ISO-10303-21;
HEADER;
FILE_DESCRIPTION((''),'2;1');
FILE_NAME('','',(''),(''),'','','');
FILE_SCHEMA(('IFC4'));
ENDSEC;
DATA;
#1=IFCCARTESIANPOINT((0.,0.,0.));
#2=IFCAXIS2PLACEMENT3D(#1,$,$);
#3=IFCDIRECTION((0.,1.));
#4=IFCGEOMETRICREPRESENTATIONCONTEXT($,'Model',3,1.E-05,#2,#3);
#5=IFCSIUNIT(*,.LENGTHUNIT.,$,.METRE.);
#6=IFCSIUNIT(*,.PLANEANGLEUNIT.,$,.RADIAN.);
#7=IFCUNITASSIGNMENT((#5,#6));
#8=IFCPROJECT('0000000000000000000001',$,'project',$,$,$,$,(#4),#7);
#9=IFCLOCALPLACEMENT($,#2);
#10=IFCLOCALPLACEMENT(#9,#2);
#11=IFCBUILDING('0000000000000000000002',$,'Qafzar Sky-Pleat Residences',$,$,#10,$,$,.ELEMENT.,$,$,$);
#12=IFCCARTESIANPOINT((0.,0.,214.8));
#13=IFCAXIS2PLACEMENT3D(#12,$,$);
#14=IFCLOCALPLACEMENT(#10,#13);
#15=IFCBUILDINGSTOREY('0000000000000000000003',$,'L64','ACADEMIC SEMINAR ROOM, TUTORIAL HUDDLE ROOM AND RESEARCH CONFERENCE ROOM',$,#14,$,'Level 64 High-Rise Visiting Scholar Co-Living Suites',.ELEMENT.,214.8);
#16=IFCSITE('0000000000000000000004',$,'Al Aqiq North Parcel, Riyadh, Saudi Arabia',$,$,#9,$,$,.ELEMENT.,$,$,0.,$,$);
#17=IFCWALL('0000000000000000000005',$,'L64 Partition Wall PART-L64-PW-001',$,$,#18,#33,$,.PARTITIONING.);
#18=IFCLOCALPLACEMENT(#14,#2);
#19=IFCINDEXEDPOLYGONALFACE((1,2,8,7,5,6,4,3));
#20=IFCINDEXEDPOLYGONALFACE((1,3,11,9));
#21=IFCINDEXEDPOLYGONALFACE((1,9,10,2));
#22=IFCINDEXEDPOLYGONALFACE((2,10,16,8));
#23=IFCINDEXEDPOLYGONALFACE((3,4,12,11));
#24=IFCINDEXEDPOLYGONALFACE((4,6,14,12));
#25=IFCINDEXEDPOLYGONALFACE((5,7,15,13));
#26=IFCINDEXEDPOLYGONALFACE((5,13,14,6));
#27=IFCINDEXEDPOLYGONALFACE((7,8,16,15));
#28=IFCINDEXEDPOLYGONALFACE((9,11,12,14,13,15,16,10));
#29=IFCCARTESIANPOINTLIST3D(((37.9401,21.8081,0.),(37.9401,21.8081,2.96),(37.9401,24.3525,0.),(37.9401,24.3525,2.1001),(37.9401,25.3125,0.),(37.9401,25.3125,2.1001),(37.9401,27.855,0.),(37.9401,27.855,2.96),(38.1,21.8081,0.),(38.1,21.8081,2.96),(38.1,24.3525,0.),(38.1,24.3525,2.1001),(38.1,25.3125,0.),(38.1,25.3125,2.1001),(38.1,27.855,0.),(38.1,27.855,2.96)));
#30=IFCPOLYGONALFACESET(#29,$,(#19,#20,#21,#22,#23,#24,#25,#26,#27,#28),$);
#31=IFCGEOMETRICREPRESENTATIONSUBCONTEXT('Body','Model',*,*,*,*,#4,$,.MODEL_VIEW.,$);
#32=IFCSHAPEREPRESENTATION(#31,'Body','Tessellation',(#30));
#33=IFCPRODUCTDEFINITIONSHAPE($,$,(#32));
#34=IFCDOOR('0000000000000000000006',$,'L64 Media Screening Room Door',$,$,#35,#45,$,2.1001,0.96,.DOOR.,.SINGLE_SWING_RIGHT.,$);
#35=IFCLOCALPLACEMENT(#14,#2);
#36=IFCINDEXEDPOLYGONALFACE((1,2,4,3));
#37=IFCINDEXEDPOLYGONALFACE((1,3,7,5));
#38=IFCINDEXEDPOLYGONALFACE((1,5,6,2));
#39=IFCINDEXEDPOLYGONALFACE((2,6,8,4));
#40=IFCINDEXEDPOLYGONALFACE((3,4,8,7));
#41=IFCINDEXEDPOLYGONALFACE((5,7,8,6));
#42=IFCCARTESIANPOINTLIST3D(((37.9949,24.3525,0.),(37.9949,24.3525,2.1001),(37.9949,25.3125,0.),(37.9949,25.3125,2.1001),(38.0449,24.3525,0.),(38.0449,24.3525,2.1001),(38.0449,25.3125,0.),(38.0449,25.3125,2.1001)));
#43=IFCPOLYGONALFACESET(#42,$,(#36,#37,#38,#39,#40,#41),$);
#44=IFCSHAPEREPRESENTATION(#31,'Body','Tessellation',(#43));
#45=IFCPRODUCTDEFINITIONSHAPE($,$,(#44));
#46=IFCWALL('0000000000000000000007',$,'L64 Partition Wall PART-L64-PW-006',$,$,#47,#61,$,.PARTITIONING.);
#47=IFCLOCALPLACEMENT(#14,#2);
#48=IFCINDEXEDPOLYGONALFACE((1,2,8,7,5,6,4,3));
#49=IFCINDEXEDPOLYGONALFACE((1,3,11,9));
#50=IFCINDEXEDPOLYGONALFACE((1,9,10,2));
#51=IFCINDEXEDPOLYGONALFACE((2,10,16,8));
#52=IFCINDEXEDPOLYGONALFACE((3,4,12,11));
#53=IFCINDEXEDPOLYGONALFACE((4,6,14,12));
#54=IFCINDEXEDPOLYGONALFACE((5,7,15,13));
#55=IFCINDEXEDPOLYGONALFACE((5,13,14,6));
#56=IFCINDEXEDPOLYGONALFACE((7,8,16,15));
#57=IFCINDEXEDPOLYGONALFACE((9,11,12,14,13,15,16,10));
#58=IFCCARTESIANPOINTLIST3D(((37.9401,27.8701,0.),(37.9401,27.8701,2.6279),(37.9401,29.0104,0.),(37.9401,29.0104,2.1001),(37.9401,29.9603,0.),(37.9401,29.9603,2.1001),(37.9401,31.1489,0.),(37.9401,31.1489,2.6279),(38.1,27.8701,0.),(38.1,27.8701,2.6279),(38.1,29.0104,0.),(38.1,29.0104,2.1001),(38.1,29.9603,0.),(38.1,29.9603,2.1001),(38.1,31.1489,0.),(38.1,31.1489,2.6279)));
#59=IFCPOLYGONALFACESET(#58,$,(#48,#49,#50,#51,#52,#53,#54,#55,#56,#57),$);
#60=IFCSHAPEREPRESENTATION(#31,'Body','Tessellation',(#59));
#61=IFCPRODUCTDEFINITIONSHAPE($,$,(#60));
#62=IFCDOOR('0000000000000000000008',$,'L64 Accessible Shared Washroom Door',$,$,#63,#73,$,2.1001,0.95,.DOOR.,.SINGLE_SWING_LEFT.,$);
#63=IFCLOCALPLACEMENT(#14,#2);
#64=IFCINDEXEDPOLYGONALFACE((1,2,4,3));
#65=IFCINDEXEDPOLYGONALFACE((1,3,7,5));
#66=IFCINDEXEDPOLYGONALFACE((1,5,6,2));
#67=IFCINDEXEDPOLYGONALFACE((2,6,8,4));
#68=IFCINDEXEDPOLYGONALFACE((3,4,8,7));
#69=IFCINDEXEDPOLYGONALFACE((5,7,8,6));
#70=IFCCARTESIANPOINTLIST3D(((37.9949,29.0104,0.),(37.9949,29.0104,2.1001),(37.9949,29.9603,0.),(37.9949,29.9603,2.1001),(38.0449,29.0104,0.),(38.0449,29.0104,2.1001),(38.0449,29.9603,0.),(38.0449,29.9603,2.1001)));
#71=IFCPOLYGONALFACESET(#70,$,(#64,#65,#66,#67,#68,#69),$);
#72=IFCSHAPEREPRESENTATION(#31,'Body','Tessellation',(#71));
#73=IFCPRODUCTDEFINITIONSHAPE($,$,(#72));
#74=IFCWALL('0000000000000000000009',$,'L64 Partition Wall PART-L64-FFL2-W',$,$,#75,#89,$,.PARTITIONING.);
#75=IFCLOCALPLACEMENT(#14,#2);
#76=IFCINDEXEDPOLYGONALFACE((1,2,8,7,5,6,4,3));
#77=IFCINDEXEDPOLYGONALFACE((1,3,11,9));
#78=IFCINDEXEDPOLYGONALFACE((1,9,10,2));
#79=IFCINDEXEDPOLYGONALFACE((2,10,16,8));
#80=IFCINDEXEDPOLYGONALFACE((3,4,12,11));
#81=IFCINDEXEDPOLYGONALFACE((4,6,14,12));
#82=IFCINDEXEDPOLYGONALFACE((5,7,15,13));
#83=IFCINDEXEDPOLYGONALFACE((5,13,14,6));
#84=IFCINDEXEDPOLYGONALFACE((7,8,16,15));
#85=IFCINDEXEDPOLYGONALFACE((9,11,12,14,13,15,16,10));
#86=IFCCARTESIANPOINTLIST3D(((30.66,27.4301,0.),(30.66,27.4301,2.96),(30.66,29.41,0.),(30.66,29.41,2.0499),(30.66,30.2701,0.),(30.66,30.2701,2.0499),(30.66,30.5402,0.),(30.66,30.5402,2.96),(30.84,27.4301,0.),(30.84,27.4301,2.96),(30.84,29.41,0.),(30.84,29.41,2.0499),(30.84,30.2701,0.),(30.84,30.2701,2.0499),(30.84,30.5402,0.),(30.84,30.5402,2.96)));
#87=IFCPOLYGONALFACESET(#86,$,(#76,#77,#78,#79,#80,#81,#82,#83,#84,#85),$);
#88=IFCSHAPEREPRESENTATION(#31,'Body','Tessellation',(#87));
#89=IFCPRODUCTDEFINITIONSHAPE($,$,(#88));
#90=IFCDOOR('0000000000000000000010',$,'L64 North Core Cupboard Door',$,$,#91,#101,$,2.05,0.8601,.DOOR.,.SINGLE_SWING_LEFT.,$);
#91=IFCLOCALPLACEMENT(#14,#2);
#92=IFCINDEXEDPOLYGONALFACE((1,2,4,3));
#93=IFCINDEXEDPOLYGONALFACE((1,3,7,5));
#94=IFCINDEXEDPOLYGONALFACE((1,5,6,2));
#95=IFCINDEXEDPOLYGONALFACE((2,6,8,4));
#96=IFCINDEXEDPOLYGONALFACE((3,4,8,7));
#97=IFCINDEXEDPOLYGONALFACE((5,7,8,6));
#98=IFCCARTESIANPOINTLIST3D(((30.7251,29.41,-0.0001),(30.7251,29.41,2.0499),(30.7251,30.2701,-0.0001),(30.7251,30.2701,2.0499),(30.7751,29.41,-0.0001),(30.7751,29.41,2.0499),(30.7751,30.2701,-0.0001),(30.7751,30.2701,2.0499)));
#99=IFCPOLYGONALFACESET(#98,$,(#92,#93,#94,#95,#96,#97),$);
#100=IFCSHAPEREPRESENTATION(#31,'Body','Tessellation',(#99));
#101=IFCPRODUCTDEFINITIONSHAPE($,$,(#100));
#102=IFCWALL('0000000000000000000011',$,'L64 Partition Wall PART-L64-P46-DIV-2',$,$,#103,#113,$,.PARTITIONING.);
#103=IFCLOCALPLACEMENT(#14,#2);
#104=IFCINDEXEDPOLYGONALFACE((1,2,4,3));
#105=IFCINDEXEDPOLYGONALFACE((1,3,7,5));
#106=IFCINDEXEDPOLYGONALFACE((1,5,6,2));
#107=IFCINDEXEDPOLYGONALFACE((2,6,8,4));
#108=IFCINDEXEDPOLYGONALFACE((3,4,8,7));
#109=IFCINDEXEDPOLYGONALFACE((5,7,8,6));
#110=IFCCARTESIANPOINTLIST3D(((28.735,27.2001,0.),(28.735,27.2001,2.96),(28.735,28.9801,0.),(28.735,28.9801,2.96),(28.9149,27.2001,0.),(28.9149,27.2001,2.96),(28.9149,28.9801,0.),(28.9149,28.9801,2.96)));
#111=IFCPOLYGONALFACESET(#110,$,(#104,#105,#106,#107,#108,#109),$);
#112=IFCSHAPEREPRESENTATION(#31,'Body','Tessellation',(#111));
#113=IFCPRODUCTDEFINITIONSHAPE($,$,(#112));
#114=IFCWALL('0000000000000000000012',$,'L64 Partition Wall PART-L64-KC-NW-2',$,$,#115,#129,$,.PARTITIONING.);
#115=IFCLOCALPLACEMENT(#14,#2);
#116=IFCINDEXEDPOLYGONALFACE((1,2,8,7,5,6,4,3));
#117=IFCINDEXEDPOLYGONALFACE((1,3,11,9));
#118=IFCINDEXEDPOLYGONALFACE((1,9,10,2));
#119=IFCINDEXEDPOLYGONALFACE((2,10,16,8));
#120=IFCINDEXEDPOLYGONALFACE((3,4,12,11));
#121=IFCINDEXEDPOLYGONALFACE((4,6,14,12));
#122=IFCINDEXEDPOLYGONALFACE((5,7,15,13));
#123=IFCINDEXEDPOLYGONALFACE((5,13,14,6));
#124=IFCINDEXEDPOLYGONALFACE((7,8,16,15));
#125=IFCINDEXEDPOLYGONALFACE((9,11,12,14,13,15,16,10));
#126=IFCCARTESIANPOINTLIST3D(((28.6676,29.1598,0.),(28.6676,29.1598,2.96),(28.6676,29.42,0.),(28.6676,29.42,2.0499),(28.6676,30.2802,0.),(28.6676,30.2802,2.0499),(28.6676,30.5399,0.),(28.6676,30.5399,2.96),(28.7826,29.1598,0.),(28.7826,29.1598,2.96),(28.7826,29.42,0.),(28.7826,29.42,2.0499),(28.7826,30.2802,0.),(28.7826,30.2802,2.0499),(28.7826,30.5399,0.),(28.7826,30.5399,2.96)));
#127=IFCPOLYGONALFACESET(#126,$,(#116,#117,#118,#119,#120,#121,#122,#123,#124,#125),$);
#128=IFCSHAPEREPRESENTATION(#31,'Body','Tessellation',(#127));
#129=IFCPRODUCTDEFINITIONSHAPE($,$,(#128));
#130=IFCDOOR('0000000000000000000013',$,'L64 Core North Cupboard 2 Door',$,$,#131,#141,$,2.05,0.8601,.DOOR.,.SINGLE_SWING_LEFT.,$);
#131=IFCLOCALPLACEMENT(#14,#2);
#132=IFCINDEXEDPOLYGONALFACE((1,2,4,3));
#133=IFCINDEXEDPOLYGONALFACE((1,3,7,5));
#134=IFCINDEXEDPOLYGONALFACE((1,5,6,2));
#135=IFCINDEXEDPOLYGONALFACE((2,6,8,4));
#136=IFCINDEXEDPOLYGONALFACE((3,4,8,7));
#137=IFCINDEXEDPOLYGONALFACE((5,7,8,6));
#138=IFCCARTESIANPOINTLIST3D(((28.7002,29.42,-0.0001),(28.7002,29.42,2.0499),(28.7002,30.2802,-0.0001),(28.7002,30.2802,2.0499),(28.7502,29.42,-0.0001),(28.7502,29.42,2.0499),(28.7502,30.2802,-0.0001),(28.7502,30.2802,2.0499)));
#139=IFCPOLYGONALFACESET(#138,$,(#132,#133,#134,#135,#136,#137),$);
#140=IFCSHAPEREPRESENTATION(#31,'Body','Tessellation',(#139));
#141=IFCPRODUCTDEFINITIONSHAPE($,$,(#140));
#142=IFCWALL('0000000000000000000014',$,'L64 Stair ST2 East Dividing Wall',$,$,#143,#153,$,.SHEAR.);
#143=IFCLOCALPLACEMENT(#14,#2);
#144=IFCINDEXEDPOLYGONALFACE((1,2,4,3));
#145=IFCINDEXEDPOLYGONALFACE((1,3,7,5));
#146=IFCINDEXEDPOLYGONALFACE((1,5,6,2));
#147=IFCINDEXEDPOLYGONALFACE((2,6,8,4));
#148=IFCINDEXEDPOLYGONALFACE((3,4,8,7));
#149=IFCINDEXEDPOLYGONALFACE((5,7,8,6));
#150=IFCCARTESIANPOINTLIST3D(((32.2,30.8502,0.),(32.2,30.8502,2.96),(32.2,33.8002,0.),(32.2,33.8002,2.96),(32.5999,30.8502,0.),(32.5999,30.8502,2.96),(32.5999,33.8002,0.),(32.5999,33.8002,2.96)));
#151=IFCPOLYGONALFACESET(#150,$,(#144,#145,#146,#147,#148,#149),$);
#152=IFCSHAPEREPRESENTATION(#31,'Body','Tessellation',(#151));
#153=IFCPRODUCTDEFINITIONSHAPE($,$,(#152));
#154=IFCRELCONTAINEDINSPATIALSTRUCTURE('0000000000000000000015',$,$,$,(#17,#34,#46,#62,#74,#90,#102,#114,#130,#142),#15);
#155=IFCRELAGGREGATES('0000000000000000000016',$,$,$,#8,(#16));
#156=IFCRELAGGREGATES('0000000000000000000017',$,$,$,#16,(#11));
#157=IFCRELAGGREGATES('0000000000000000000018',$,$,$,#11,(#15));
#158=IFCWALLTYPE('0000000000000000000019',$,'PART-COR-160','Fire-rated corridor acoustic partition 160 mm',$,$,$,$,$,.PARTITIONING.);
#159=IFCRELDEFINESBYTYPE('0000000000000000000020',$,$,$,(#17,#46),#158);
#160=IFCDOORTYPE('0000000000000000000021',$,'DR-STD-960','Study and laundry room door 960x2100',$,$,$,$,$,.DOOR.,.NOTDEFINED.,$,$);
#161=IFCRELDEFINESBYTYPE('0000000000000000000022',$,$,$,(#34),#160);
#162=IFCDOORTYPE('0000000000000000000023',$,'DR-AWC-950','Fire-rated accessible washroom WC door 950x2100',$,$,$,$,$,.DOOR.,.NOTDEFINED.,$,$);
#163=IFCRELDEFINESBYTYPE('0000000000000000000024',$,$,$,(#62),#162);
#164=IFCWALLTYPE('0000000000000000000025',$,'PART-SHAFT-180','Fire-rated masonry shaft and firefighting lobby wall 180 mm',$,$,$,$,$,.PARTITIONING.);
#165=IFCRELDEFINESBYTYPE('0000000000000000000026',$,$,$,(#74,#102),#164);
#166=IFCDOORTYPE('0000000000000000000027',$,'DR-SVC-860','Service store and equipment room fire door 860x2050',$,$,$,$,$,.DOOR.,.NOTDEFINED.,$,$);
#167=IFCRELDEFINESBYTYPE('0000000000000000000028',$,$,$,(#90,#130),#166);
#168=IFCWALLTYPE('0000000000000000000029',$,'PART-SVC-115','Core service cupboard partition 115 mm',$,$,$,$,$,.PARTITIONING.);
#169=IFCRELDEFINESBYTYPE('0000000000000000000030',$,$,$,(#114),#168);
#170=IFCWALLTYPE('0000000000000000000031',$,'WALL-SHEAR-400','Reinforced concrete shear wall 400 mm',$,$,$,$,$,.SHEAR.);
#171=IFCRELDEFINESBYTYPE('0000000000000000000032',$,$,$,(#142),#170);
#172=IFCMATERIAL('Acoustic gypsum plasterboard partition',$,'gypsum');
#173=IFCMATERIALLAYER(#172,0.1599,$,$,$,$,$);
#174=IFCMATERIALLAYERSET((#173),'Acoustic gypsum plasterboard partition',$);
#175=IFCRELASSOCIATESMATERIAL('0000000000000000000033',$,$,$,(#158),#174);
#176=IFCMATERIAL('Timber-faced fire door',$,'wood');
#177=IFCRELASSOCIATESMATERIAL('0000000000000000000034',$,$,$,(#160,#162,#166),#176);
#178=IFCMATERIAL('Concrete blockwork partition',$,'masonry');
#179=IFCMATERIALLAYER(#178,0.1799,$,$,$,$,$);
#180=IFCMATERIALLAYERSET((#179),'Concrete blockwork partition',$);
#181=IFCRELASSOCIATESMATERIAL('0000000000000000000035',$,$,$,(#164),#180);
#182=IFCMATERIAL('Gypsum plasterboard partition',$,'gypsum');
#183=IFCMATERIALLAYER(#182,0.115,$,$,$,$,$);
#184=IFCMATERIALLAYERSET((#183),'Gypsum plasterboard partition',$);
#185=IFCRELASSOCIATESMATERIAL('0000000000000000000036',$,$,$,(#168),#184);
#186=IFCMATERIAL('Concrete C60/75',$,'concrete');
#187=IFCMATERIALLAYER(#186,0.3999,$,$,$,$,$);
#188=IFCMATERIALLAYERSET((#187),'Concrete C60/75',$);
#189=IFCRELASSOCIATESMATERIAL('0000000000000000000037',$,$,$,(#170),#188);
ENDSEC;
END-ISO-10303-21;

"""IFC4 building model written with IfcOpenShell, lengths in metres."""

from ifc_helpers import new_model, si_unit, direction, frame, frame_2d, origin, place, context, subcontext, project, spatial, rectangle, extrude, source, transform, mapped, material, layer, layer_set, type_object, element, fill, save


model = new_model("IFC4")

# Units and contexts
model_context = context("Model", 3, precision=1e-05, world=origin(), true_north=direction((0.0, 1.0)))
body_context = subcontext(model_context, "Body", "Model", "MODEL_VIEW")
ifc_project = project(units=[si_unit("LENGTHUNIT", "METRE"), si_unit("PLANEANGLEUNIT", "RADIAN")], contexts=[model_context])

# Site, building, storey
site_placement = place(None, origin())
site = spatial("IfcSite", under=ifc_project, at=site_placement, Name="Al Aqiq North Parcel, Riyadh, Saudi Arabia", CompositionType="ELEMENT", RefElevation=0.0)
building_placement = place(site_placement, origin())
building = spatial("IfcBuilding", under=site, at=building_placement, Name="Qafzar Sky-Pleat Residences", CompositionType="ELEMENT")
storey_placement = place(building_placement, frame((0.0, 0.0, 214.8)))
storey = spatial("IfcBuildingStorey", under=building, at=storey_placement, Name="L64", Description="ACADEMIC SEMINAR ROOM, TUTORIAL HUDDLE ROOM AND RESEARCH CONFERENCE ROOM", LongName="Level 64 High-Rise Visiting Scholar Co-Living Suites", CompositionType="ELEMENT", Elevation=214.8)

# Walls, openings, doors
ifc_material_1 = material(Name="Acoustic gypsum plasterboard partition", Category="gypsum")
ifc_layer_1 = layer(ifc_material_1, 0.1599)
ifc_layer_set_1 = layer_set([ifc_layer_1], Name="Acoustic gypsum plasterboard partition")
wall_type_1 = type_object("IfcWallType", Name="PART-COR-160", Description="Fire-rated corridor acoustic partition 160 mm", PredefinedType="PARTITIONING", material=ifc_layer_set_1)
wall_1_placement = place(storey_placement, frame((38.02, 27.855, 0.0), z_axis=(0.0, 0.0, 1.0), x_axis=(0.0, -1.0, 0.0)))
wall_1 = element("IfcWall", 1, at=wall_1_placement, inside=storey, type_object=wall_type_1, Name="L64 Partition Wall PART-L64-PW-001", PredefinedType="PARTITIONING", context=body_context, shape_type="SweptSolid", body=[
    extrude(rectangle(XDim=6.0469, YDim=0.1599, at=frame_2d((3.0234, 0.0))), origin(), (0.0, 0.0, 1.0), 2.96),
])
opening_1_placement = place(wall_1_placement, frame((2.5425, 0.0, 0.0)))
opening_1 = element("IfcOpeningElement", 2, at=opening_1_placement, cuts=wall_1, PredefinedType="OPENING", context=body_context, shape_type="SweptSolid", body=[
    extrude(rectangle(XDim=0.96, YDim=2.1001, at=frame_2d((0.48, 1.05))), frame((0.0, 0.0898, 0.0), z_axis=(0.0, -1.0, 0.0), x_axis=(1.0, 0.0, 0.0)), (0.0, 0.0, 1.0), 0.1799),
])
ifc_material_2 = material(Name="Timber-faced fire door", Category="wood")
door_type_1 = type_object("IfcDoorType", Name="DR-STD-960", Description="Study and laundry room door 960x2100", OperationType="NOTDEFINED", PredefinedType="DOOR", material=ifc_material_2)
shared_shape_1 = source(origin(), body_context, "Body", "SweptSolid", [
    extrude(rectangle(XDim=0.96, YDim=2.1001, at=frame_2d((0.48, 1.05))), frame((0.0, 0.0249, 0.0), z_axis=(0.0, -1.0, 0.0), x_axis=(1.0, 0.0, 0.0)), (0.0, 0.0, 1.0), 0.05),
])
door_1_placement = place(opening_1_placement, origin())
door_1 = element("IfcDoor", 3, at=door_1_placement, inside=storey, type_object=door_type_1, Name="L64 Media Screening Room Door", OperationType="SINGLE_SWING_RIGHT", OverallHeight=2.1001, OverallWidth=0.96, PredefinedType="DOOR", context=body_context, shape_type="MappedRepresentation", body=[
    mapped(shared_shape_1, transform((0.0, 0.0, 0.0), x_axis=(1.0, 0.0, 0.0), y_axis=(0.0, 1.0, 0.0), z_axis=(0.0, 0.0, 1.0), scale=1.0)),
])
fill(opening_1, door_1)
wall_2_placement = place(storey_placement, frame((38.02, 31.1489, 0.0), z_axis=(0.0, 0.0, 1.0), x_axis=(0.0, -1.0, 0.0)))
wall_2 = element("IfcWall", 4, at=wall_2_placement, inside=storey, type_object=wall_type_1, Name="L64 Partition Wall PART-L64-PW-006", PredefinedType="PARTITIONING", context=body_context, shape_type="SweptSolid", body=[
    extrude(rectangle(XDim=3.2788, YDim=0.1599, at=frame_2d((1.6394, 0.0))), origin(), (0.0, 0.0, 1.0), 2.6279),
])
opening_2_placement = place(wall_2_placement, frame((1.1885, 0.0, 0.0)))
opening_2 = element("IfcOpeningElement", 5, at=opening_2_placement, cuts=wall_2, PredefinedType="OPENING", context=body_context, shape_type="SweptSolid", body=[
    extrude(rectangle(XDim=0.95, YDim=2.1001, at=frame_2d((0.4751, 1.05))), frame((0.0, 0.0898, 0.0), z_axis=(0.0, -1.0, 0.0), x_axis=(1.0, 0.0, 0.0)), (0.0, 0.0, 1.0), 0.1799),
])
door_type_2 = type_object("IfcDoorType", Name="DR-AWC-950", Description="Fire-rated accessible washroom WC door 950x2100", OperationType="NOTDEFINED", PredefinedType="DOOR", material=ifc_material_2)
shared_shape_2 = source(origin(), body_context, "Body", "SweptSolid", [
    extrude(rectangle(XDim=0.95, YDim=2.1001, at=frame_2d((0.4751, 1.05))), frame((0.0, 0.0249, 0.0), z_axis=(0.0, -1.0, 0.0), x_axis=(1.0, 0.0, 0.0)), (0.0, 0.0, 1.0), 0.05),
])
door_2_placement = place(opening_2_placement, origin())
door_2 = element("IfcDoor", 6, at=door_2_placement, inside=storey, type_object=door_type_2, Name="L64 Accessible Shared Washroom Door", OperationType="SINGLE_SWING_LEFT", OverallHeight=2.1001, OverallWidth=0.95, PredefinedType="DOOR", context=body_context, shape_type="MappedRepresentation", body=[
    mapped(shared_shape_2, transform((0.0, 0.0, 0.0), x_axis=(1.0, 0.0, 0.0), y_axis=(0.0, 1.0, 0.0), z_axis=(0.0, 0.0, 1.0), scale=1.0)),
])
fill(opening_2, door_2)
ifc_material_3 = material(Name="Concrete blockwork partition", Category="masonry")
ifc_layer_2 = layer(ifc_material_3, 0.1799)
ifc_layer_set_2 = layer_set([ifc_layer_2], Name="Concrete blockwork partition")
wall_type_2 = type_object("IfcWallType", Name="PART-SHAFT-180", Description="Fire-rated masonry shaft and firefighting lobby wall 180 mm", PredefinedType="PARTITIONING", material=ifc_layer_set_2)
wall_3_placement = place(storey_placement, frame((30.75, 27.4299, 0.0), z_axis=(0.0, 0.0, 1.0), x_axis=(0.0, 1.0, 0.0)))
wall_3 = element("IfcWall", 7, at=wall_3_placement, inside=storey, type_object=wall_type_2, Name="L64 Partition Wall PART-L64-FFL2-W", PredefinedType="PARTITIONING", context=body_context, shape_type="SweptSolid", body=[
    extrude(rectangle(XDim=3.1101, YDim=0.1799, at=frame_2d((1.5552, 0.0))), origin(), (0.0, 0.0, 1.0), 2.96),
])
opening_3_placement = place(wall_3_placement, frame((1.98, 0.0, 0.0)))
opening_3 = element("IfcOpeningElement", 8, at=opening_3_placement, cuts=wall_3, PredefinedType="OPENING", context=body_context, shape_type="SweptSolid", body=[
    extrude(rectangle(XDim=0.8601, YDim=2.05, at=frame_2d((0.4302, 1.0249))), frame((0.0, 0.1001, 0.0), z_axis=(0.0, -1.0, 0.0), x_axis=(1.0, 0.0, 0.0)), (0.0, 0.0, 1.0), 0.2),
])
door_type_3 = type_object("IfcDoorType", Name="DR-SVC-860", Description="Service store and equipment room fire door 860x2050", OperationType="NOTDEFINED", PredefinedType="DOOR", material=ifc_material_2)
shared_shape_3 = source(origin(), body_context, "Body", "SweptSolid", [
    extrude(rectangle(XDim=0.8601, YDim=2.05, at=frame_2d((0.4302, 1.0249))), frame((0.0, 0.0249, 0.0), z_axis=(0.0, -1.0, 0.0), x_axis=(1.0, 0.0, 0.0)), (0.0, 0.0, 1.0), 0.05),
])
door_3_placement = place(opening_3_placement, origin())
door_3 = element("IfcDoor", 9, at=door_3_placement, inside=storey, type_object=door_type_3, Name="L64 North Core Cupboard Door", OperationType="SINGLE_SWING_LEFT", OverallHeight=2.05, OverallWidth=0.8601, PredefinedType="DOOR", context=body_context, shape_type="MappedRepresentation", body=[
    mapped(shared_shape_3, transform((0.0, 0.0, 0.0), x_axis=(1.0, 0.0, 0.0), y_axis=(0.0, 1.0, 0.0), z_axis=(0.0, 0.0, 1.0), scale=1.0)),
])
fill(opening_3, door_3)

# Wall
wall_4_placement = place(storey_placement, frame((28.825, 27.2, 0.0), z_axis=(0.0, 0.0, 1.0), x_axis=(0.0, 1.0, 0.0)))
element("IfcWall", 10, at=wall_4_placement, inside=storey, type_object=wall_type_2, Name="L64 Partition Wall PART-L64-P46-DIV-2", PredefinedType="PARTITIONING", context=body_context, shape_type="SweptSolid", body=[
    extrude(rectangle(XDim=1.78, YDim=0.1799, at=frame_2d((0.8901, 0.0))), origin(), (0.0, 0.0, 1.0), 2.96),
])

# Wall, opening, door
ifc_material_4 = material(Name="Gypsum plasterboard partition", Category="gypsum")
ifc_layer_3 = layer(ifc_material_4, 0.115)
ifc_layer_set_3 = layer_set([ifc_layer_3], Name="Gypsum plasterboard partition")
wall_type_3 = type_object("IfcWallType", Name="PART-SVC-115", Description="Core service cupboard partition 115 mm", PredefinedType="PARTITIONING", material=ifc_layer_set_3)
wall_5_placement = place(storey_placement, frame((28.7251, 29.1599, 0.0), z_axis=(0.0, 0.0, 1.0), x_axis=(0.0, 1.0, 0.0)))
wall_5 = element("IfcWall", 11, at=wall_5_placement, inside=storey, type_object=wall_type_3, Name="L64 Partition Wall PART-L64-KC-NW-2", PredefinedType="PARTITIONING", context=body_context, shape_type="SweptSolid", body=[
    extrude(rectangle(XDim=1.3801, YDim=0.115, at=frame_2d((0.6899, 0.0))), origin(), (0.0, 0.0, 1.0), 2.96),
])
opening_4_placement = place(wall_5_placement, frame((0.26, 0.0, 0.0)))
opening_4 = element("IfcOpeningElement", 12, at=opening_4_placement, cuts=wall_5, PredefinedType="OPENING", context=body_context, shape_type="SweptSolid", body=[
    extrude(rectangle(XDim=0.8601, YDim=2.05, at=frame_2d((0.4302, 1.0249))), frame((0.0, 0.0674, 0.0), z_axis=(0.0, -1.0, 0.0), x_axis=(1.0, 0.0, 0.0)), (0.0, 0.0, 1.0), 0.135),
])
door_4_placement = place(opening_4_placement, origin())
door_4 = element("IfcDoor", 13, at=door_4_placement, inside=storey, type_object=door_type_3, Name="L64 Core North Cupboard 2 Door", OperationType="SINGLE_SWING_LEFT", OverallHeight=2.05, OverallWidth=0.8601, PredefinedType="DOOR", context=body_context, shape_type="MappedRepresentation", body=[
    mapped(shared_shape_3, transform((0.0, 0.0, 0.0), x_axis=(1.0, 0.0, 0.0), y_axis=(0.0, 1.0, 0.0), z_axis=(0.0, 0.0, 1.0), scale=1.0)),
])
fill(opening_4, door_4)

# Wall
ifc_material_5 = material(Name="Concrete C60/75", Category="concrete")
ifc_layer_4 = layer(ifc_material_5, 0.3999)
ifc_layer_set_4 = layer_set([ifc_layer_4], Name="Concrete C60/75")
wall_type_4 = type_object("IfcWallType", Name="WALL-SHEAR-400", Description="Reinforced concrete shear wall 400 mm", PredefinedType="SHEAR", material=ifc_layer_set_4)
wall_6_placement = place(storey_placement, frame((32.3999, 30.8501, 0.0), z_axis=(0.0, 0.0, 1.0), x_axis=(0.0, 1.0, 0.0)))
element("IfcWall", 14, at=wall_6_placement, inside=storey, type_object=wall_type_4, Name="L64 Stair ST2 East Dividing Wall", PredefinedType="SHEAR", context=body_context, shape_type="SweptSolid", body=[
    extrude(rectangle(XDim=2.95, YDim=0.3999, at=frame_2d((1.4751, 0.0))), origin(), (0.0, 0.0, 1.0), 2.96),
])

save(model, "model.ifc")
